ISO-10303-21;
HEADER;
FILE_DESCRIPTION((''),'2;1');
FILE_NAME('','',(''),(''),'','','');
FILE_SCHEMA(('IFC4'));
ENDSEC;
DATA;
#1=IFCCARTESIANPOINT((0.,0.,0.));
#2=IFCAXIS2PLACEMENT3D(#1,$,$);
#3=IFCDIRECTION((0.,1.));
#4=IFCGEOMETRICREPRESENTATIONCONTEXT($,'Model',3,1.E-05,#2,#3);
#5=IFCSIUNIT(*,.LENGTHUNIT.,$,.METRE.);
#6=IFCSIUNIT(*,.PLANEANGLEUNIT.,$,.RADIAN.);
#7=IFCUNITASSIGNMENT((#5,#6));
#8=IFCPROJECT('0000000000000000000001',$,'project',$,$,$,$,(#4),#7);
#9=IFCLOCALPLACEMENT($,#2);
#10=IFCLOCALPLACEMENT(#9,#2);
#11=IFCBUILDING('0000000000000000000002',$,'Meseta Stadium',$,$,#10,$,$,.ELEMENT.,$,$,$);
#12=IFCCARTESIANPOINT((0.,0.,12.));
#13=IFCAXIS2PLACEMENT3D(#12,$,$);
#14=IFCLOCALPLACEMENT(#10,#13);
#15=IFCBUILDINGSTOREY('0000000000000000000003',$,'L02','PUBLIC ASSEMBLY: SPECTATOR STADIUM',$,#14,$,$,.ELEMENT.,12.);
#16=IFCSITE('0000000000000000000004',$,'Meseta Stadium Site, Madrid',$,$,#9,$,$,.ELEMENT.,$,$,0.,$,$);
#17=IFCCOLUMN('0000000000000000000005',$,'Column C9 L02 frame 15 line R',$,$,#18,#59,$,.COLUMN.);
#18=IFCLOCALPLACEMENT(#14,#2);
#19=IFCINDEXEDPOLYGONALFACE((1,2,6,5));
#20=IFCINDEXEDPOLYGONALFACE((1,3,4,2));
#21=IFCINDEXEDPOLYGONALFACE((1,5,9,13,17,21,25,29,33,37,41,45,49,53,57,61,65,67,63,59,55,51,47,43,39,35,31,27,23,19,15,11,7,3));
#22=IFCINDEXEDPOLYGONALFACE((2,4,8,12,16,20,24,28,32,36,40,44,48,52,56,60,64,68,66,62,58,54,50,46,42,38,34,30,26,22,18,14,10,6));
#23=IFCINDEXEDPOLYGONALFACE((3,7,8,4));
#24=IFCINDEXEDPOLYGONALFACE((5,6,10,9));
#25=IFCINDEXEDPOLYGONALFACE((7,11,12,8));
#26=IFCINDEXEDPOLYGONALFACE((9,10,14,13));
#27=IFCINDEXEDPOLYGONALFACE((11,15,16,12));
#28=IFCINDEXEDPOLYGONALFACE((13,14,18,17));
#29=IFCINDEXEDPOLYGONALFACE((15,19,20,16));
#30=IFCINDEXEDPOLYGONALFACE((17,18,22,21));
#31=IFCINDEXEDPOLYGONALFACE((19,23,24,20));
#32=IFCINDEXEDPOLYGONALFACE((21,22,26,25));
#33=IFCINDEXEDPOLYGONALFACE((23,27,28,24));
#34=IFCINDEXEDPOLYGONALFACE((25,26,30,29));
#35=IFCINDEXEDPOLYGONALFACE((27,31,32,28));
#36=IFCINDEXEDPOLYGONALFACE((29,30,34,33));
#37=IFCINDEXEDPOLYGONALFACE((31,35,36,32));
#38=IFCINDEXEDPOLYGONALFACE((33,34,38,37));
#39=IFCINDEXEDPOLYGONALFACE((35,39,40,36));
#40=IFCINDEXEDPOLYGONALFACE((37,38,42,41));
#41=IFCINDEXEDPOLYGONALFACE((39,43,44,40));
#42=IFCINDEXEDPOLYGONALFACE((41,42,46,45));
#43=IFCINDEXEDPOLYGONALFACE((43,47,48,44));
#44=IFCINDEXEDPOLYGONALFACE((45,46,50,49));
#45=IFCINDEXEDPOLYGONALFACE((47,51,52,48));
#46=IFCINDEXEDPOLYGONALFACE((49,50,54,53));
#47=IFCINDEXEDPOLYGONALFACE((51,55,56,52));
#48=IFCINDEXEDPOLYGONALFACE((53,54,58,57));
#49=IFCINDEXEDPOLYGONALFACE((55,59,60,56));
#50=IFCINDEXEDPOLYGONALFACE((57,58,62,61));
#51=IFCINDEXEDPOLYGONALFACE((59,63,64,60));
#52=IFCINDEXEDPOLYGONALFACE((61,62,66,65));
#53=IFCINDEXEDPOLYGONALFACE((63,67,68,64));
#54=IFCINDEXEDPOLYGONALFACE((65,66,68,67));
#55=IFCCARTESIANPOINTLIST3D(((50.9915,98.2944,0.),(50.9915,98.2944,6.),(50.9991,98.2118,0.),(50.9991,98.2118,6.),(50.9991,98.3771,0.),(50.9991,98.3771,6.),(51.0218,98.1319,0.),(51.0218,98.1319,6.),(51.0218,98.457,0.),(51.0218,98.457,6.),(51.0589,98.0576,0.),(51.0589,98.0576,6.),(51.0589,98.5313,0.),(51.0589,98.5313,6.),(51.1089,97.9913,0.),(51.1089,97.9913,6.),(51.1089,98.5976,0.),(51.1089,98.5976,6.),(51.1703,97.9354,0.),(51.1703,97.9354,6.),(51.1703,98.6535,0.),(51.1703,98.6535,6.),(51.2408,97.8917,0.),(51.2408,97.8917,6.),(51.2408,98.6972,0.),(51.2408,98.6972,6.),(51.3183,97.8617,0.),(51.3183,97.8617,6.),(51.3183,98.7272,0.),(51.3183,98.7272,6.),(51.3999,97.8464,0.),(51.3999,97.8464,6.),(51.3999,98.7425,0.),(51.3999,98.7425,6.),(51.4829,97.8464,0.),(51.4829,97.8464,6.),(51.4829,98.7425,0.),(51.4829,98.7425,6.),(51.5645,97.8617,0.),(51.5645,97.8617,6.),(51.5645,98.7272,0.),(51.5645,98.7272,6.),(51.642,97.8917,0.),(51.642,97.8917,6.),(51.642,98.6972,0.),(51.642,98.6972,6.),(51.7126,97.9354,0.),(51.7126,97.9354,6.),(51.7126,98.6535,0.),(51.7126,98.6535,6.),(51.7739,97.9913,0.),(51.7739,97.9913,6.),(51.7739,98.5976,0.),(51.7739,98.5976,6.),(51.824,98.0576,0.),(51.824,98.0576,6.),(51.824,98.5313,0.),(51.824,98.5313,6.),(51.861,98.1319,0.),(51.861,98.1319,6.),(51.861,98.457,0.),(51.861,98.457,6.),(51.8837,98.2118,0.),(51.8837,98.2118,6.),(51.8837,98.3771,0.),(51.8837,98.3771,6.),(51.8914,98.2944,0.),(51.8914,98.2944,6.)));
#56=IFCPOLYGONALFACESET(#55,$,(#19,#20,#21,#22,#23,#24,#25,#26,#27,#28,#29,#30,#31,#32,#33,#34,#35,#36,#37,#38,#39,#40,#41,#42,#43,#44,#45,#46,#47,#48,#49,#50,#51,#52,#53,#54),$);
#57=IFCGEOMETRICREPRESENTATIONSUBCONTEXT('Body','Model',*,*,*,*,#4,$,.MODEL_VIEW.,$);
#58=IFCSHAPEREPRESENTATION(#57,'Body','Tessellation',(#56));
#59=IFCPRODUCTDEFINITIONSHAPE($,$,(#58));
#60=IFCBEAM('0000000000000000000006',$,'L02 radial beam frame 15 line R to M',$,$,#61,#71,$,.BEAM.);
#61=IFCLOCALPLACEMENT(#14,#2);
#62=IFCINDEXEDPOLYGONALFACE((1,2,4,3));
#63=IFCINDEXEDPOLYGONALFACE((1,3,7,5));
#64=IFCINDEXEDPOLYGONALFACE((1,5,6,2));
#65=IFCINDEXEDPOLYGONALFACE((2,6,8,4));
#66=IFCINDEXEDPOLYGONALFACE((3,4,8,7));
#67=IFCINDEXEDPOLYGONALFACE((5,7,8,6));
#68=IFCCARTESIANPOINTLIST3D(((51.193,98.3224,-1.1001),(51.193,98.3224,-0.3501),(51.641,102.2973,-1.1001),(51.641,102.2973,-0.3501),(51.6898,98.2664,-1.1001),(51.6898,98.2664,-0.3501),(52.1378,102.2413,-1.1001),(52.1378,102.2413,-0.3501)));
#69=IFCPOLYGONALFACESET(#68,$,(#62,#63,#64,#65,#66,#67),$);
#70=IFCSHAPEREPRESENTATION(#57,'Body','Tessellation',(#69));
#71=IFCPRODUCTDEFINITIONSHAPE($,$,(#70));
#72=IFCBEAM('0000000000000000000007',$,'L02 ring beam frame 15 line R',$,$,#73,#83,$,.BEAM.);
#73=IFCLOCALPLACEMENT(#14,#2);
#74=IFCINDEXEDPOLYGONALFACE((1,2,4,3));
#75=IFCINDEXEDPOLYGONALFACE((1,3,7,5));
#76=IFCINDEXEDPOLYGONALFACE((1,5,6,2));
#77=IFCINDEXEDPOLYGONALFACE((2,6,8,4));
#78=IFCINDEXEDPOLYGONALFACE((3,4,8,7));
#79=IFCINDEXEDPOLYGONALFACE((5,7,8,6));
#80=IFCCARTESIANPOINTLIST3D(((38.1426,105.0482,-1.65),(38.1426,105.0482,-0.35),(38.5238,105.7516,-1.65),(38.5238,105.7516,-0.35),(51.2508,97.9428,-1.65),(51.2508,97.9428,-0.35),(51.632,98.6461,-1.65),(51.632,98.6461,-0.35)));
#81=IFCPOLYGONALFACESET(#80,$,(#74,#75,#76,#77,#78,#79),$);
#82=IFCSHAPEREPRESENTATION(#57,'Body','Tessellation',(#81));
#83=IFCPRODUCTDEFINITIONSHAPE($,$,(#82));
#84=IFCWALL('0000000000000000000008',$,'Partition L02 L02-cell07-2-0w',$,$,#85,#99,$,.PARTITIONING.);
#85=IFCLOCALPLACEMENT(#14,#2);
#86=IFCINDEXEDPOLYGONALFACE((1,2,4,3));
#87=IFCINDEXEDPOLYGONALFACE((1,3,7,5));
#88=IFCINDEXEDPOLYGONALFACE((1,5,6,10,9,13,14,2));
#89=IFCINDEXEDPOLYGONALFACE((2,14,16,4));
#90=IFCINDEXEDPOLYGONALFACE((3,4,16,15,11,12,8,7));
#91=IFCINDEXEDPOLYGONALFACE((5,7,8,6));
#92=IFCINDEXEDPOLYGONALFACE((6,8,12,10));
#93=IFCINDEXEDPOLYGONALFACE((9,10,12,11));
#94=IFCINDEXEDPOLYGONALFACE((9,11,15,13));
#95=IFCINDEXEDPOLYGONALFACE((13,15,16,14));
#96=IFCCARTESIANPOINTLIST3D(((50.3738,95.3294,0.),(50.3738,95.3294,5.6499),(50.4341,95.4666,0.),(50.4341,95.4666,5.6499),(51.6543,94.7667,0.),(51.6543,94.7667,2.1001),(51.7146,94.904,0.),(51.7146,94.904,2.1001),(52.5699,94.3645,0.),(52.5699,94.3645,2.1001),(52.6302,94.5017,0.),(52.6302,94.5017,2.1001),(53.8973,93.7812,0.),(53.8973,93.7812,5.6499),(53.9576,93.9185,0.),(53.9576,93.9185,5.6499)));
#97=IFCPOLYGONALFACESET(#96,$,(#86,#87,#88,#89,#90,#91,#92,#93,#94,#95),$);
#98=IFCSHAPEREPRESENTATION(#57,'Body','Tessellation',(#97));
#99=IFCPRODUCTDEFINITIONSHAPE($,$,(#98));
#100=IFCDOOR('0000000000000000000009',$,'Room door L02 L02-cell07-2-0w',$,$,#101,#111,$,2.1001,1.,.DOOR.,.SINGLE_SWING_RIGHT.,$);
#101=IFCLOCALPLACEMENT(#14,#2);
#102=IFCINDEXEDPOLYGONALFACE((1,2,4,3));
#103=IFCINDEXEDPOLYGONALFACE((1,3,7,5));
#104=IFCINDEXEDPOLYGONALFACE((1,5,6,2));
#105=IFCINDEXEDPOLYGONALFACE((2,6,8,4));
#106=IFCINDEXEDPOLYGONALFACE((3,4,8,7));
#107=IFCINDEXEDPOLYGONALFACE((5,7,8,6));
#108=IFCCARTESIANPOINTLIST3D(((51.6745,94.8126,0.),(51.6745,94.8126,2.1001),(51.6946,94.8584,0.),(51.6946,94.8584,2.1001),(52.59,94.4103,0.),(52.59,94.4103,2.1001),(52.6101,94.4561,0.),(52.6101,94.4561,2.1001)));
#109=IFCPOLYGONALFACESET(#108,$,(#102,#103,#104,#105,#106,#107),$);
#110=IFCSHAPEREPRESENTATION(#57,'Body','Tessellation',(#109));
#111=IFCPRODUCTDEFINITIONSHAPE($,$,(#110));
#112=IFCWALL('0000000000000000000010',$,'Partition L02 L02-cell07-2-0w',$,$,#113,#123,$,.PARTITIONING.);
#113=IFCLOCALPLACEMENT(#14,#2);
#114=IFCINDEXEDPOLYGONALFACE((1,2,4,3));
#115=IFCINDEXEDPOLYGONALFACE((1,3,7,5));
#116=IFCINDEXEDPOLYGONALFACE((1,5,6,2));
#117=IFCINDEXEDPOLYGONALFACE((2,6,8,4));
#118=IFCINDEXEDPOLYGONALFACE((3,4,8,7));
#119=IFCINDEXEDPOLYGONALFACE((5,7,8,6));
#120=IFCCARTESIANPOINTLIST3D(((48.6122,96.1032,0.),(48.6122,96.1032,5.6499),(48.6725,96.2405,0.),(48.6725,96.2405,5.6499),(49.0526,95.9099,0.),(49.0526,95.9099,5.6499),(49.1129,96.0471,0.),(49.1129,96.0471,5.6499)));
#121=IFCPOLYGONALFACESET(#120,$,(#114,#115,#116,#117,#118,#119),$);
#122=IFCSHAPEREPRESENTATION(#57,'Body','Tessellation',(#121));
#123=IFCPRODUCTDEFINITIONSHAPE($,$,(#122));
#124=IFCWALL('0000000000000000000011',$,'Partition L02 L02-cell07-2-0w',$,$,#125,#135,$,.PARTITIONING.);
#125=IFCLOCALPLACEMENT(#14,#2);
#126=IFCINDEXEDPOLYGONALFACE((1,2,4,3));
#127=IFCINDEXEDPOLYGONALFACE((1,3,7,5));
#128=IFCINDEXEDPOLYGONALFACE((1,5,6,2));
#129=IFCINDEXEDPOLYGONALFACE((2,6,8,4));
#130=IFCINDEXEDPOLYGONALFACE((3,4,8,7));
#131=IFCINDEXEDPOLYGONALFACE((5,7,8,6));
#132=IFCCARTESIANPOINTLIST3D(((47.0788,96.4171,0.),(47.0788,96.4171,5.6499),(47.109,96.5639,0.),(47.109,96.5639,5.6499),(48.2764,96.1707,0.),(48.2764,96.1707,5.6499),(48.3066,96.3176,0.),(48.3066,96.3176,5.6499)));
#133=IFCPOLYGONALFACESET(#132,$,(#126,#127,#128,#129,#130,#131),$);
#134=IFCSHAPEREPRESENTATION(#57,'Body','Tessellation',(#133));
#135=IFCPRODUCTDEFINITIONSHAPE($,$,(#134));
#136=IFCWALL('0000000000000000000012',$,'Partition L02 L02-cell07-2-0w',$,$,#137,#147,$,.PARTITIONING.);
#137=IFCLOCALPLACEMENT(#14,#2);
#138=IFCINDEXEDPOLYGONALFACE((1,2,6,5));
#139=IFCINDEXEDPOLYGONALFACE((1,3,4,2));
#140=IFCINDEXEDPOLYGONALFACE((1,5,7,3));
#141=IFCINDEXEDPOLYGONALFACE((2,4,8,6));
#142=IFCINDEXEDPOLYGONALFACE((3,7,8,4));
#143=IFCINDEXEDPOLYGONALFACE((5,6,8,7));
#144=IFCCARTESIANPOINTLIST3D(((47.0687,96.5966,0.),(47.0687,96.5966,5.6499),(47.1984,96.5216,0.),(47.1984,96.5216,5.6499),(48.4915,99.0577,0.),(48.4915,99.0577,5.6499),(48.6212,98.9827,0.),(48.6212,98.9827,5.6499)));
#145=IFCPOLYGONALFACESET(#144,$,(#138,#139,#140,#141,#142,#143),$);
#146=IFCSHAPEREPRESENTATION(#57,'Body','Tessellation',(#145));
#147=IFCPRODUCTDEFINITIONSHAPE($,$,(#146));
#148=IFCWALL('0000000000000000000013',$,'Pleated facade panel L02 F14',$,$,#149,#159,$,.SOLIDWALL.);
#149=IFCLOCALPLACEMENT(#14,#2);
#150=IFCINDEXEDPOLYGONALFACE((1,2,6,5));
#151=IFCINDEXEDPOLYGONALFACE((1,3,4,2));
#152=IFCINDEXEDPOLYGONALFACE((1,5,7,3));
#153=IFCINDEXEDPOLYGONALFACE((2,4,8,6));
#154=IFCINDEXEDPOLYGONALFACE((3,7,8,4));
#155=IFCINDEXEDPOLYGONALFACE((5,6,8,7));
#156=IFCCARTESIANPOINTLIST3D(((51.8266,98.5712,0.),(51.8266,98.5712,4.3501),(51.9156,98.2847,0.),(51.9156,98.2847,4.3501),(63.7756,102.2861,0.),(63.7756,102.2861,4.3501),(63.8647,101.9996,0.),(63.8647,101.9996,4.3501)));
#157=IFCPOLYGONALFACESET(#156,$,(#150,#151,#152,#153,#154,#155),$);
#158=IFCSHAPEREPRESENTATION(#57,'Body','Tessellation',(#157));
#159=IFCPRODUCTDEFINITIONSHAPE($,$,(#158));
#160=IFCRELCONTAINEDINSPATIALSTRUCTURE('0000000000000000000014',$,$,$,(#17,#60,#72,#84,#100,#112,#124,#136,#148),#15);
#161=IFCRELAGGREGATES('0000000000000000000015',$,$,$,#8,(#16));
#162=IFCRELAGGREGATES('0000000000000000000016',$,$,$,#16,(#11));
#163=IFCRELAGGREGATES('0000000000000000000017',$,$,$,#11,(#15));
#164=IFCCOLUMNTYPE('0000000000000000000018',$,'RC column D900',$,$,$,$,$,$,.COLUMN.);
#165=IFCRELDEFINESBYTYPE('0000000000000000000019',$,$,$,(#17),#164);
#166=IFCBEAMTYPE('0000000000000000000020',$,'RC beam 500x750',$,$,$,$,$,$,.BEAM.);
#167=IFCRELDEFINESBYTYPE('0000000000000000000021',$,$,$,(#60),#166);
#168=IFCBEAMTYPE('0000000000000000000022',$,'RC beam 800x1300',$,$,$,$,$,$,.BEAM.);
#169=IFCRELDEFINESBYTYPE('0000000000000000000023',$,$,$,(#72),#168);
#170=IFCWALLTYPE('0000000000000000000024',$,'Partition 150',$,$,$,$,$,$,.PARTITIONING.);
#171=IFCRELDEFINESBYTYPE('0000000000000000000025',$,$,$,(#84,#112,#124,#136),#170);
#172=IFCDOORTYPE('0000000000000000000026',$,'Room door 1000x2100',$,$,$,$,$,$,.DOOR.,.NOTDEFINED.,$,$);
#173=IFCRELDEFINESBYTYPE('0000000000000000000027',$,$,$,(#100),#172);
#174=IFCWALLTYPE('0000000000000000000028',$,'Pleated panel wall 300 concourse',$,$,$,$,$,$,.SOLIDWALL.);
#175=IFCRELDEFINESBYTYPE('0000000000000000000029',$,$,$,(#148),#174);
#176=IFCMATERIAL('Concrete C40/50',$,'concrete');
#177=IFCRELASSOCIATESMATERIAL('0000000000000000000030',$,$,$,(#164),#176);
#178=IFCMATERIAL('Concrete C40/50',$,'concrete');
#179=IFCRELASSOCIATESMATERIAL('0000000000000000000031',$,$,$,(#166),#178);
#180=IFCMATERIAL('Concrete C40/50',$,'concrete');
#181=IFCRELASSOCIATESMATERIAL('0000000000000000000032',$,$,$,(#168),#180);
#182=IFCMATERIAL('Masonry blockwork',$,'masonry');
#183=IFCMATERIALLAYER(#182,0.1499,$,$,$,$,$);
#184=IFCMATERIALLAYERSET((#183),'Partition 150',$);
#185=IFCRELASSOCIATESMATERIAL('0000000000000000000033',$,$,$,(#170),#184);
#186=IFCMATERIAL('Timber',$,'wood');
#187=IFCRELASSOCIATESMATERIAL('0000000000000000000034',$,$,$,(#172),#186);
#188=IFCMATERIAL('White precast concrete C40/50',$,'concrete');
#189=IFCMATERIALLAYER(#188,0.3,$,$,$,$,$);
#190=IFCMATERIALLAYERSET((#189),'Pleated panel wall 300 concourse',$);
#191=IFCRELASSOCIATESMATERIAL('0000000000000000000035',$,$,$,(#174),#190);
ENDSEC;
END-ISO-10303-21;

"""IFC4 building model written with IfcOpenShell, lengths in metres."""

from ifc_helpers import new_model, si_unit, direction, frame, frame_2d, origin, origin_2d, place, context, subcontext, project, spatial, rectangle, circle, extrude, material, layer, layer_set, material_profile, profile_set, type_object, element, fill, save


model = new_model("IFC4")

# Units and contexts
model_context = context("Model", 3, precision=1e-05, world=origin(), true_north=direction((0.0, 1.0)))
body_context = subcontext(model_context, "Body", "Model", "MODEL_VIEW")
ifc_project = project(units=[si_unit("LENGTHUNIT", "METRE"), si_unit("PLANEANGLEUNIT", "RADIAN")], contexts=[model_context])

# Site, building, storey
site_placement = place(None, origin())
site = spatial("IfcSite", under=ifc_project, at=site_placement, Name="Meseta Stadium Site, Madrid", CompositionType="ELEMENT", RefElevation=0.0)
building_placement = place(site_placement, origin())
building = spatial("IfcBuilding", under=site, at=building_placement, Name="Meseta Stadium", CompositionType="ELEMENT")
storey_placement = place(building_placement, frame((0.0, 0.0, 12.0)))
storey = spatial("IfcBuildingStorey", under=building, at=storey_placement, Name="L02", Description="PUBLIC ASSEMBLY: SPECTATOR STADIUM", CompositionType="ELEMENT", Elevation=12.0)

# Column
ifc_material_1 = material(Name="Concrete C40/50", Category="concrete")
ifc_material_profile_1 = material_profile(ifc_material_1, circle(Radius=0.45, at=origin_2d()), Name="RC D900")
ifc_profile_set_1 = profile_set([ifc_material_profile_1], Name="Concrete C40/50")
column_type = type_object("IfcColumnType", Name="RC column D900", PredefinedType="COLUMN", material=ifc_profile_set_1)
column_placement = place(storey_placement, frame((51.4414, 98.2944, 0.0), z_axis=(0.0, 0.0, 1.0), x_axis=(1.0, 0.0, 0.0)))
element("IfcColumn", 1, at=column_placement, inside=storey, type_object=column_type, Name="Column C9 L02 frame 15 line R", PredefinedType="COLUMN", context=body_context, shape_type="SweptSolid", body=[
    extrude(circle(Radius=0.45, at=origin_2d()), origin(), (0.0, 0.0, 1.0), 6.0),
])

# Beams
ifc_material_2 = material(Name="Concrete C40/50", Category="concrete")
ifc_material_profile_2 = material_profile(ifc_material_2, rectangle(XDim=0.5, YDim=0.75, at=origin_2d()), Name="RC 500x750")
ifc_profile_set_2 = profile_set([ifc_material_profile_2], Name="Concrete C40/50")
beam_type_1 = type_object("IfcBeamType", Name="RC beam 500x750", PredefinedType="BEAM", material=ifc_profile_set_2)
beam_1_placement = place(storey_placement, frame((51.4414, 98.2944, -0.7251), z_axis=(0.111999, 0.993708, 0.0), x_axis=(-0.993708, 0.111999, 0.0)))
element("IfcBeam", 2, at=beam_1_placement, inside=storey, type_object=beam_type_1, Name="L02 radial beam frame 15 line R to M", PredefinedType="BEAM", context=body_context, shape_type="SweptSolid", body=[
    extrude(rectangle(XDim=0.5, YDim=0.75, at=origin_2d()), origin(), (0.0, 0.0, 1.0), 4.0),
])
ifc_material_3 = material(Name="Concrete C40/50", Category="concrete")
ifc_material_profile_3 = material_profile(ifc_material_3, rectangle(XDim=0.8, YDim=1.3, at=origin_2d()), Name="RC 800x1300")
ifc_profile_set_3 = profile_set([ifc_material_profile_3], Name="Concrete C40/50")
beam_type_2 = type_object("IfcBeamType", Name="RC beam 800x1300", PredefinedType="BEAM", material=ifc_profile_set_3)
beam_2_placement = place(storey_placement, frame((51.4414, 98.2944, -1.0), z_axis=(-0.879145, 0.476554, 0.0), x_axis=(-0.476554, -0.879145, 0.0)))
element("IfcBeam", 3, at=beam_2_placement, inside=storey, type_object=beam_type_2, Name="L02 ring beam frame 15 line R", PredefinedType="BEAM", context=body_context, shape_type="SweptSolid", body=[
    extrude(rectangle(XDim=0.8, YDim=1.3, at=origin_2d()), origin(), (0.0, 0.0, 1.0), 14.9102),
])

# Wall, opening, door
ifc_material_4 = material(Name="Masonry blockwork", Category="masonry")
ifc_layer_1 = layer(ifc_material_4, 0.1499)
ifc_layer_set_1 = layer_set([ifc_layer_1], Name="Partition 150")
wall_type_1 = type_object("IfcWallType", Name="Partition 150", PredefinedType="PARTITIONING", material=ifc_layer_set_1)
wall_1_placement = place(storey_placement, frame((53.9275, 93.8499, 0.0), z_axis=(0.0, 0.0, 1.0), x_axis=(-0.915527, 0.402256, 0.0)))
wall_1 = element("IfcWall", 4, at=wall_1_placement, inside=storey, type_object=wall_type_1, Name="Partition L02 L02-cell07-2-0w", PredefinedType="PARTITIONING", context=body_context, shape_type="SweptSolid", body=[
    extrude(rectangle(XDim=3.8486, YDim=0.1499, at=frame_2d((1.9243, 0.0))), origin(), (0.0, 0.0, 1.0), 5.6499),
])
opening_placement = place(wall_1_placement, frame((1.45, 0.0, 0.0)))
opening = element("IfcOpeningElement", 5, at=opening_placement, cuts=wall_1, PredefinedType="OPENING", context=body_context, shape_type="SweptSolid", body=[
    extrude(rectangle(XDim=1.0, YDim=2.1001, at=frame_2d((0.5, 1.05))), frame((0.0, 0.085, 0.0), z_axis=(0.0, -1.0, 0.0), x_axis=(1.0, 0.0, 0.0)), (0.0, 0.0, 1.0), 0.1699),
])
ifc_material_5 = material(Name="Timber", Category="wood")
door_type = type_object("IfcDoorType", Name="Room door 1000x2100", OperationType="NOTDEFINED", PredefinedType="DOOR", material=ifc_material_5)
door_placement = place(opening_placement, origin())
door = element("IfcDoor", 6, at=door_placement, inside=storey, type_object=door_type, Name="Room door L02 L02-cell07-2-0w", OperationType="SINGLE_SWING_RIGHT", OverallHeight=2.1001, OverallWidth=1.0, PredefinedType="DOOR", context=body_context, shape_type="SweptSolid", body=[
    extrude(rectangle(XDim=1.0, YDim=2.1001, at=frame_2d((0.5, 1.05))), frame((0.0, 0.0249, 0.0), z_axis=(0.0, -1.0, 0.0), x_axis=(1.0, 0.0, 0.0)), (0.0, 0.0, 1.0), 0.05),
])
fill(opening, door)

# Walls
wall_2_placement = place(storey_placement, frame((49.0828, 95.9785, 0.0), z_axis=(0.0, 0.0, 1.0), x_axis=(-0.915644, 0.40199, 0.0)))
element("IfcWall", 7, at=wall_2_placement, inside=storey, type_object=wall_type_1, Name="Partition L02 L02-cell07-2-0w", PredefinedType="PARTITIONING", context=body_context, shape_type="SweptSolid", body=[
    extrude(rectangle(XDim=0.481, YDim=0.1499, at=frame_2d((0.2405, 0.0))), origin(), (0.0, 0.0, 1.0), 5.6499),
])
wall_3_placement = place(storey_placement, frame((48.2915, 96.2441, 0.0), z_axis=(0.0, 0.0, 1.0), x_axis=(-0.979491, 0.20149, 0.0)))
element("IfcWall", 8, at=wall_3_placement, inside=storey, type_object=wall_type_1, Name="Partition L02 L02-cell07-2-0w", PredefinedType="PARTITIONING", context=body_context, shape_type="SweptSolid", body=[
    extrude(rectangle(XDim=1.2227, YDim=0.1499, at=frame_2d((0.6113, 0.0))), origin(), (0.0, 0.0, 1.0), 5.6499),
])
wall_4_placement = place(storey_placement, frame((47.1335, 96.5591, 0.0), z_axis=(0.0, 0.0, 1.0), x_axis=(0.500498, 0.865738, 0.0)))
element("IfcWall", 9, at=wall_4_placement, inside=storey, type_object=wall_type_1, Name="Partition L02 L02-cell07-2-0w", PredefinedType="PARTITIONING", context=body_context, shape_type="SweptSolid", body=[
    extrude(rectangle(XDim=2.8428, YDim=0.1499, at=frame_2d((1.4214, 0.0))), origin(), (0.0, 0.0, 1.0), 5.6499),
])
ifc_material_6 = material(Name="White precast concrete C40/50", Category="concrete")
ifc_layer_2 = layer(ifc_material_6, 0.3)
ifc_layer_set_2 = layer_set([ifc_layer_2], Name="Pleated panel wall 300 concourse")
wall_type_2 = type_object("IfcWallType", Name="Pleated panel wall 300 concourse", PredefinedType="SOLIDWALL", material=ifc_layer_set_2)
wall_5_placement = place(storey_placement, frame((51.8711, 98.428, 0.0), z_axis=(0.0, 0.0, 1.0), x_axis=(0.954916, 0.296876, 0.0)))
element("IfcWall", 10, at=wall_5_placement, inside=storey, type_object=wall_type_2, Name="Pleated facade panel L02 F14", PredefinedType="SOLIDWALL", context=body_context, shape_type="SweptSolid", body=[
    extrude(rectangle(XDim=12.5132, YDim=0.3, at=frame_2d((6.2566, 0.0))), origin(), (0.0, 0.0, 1.0), 4.3501),
])

save(model, "model.ifc")
